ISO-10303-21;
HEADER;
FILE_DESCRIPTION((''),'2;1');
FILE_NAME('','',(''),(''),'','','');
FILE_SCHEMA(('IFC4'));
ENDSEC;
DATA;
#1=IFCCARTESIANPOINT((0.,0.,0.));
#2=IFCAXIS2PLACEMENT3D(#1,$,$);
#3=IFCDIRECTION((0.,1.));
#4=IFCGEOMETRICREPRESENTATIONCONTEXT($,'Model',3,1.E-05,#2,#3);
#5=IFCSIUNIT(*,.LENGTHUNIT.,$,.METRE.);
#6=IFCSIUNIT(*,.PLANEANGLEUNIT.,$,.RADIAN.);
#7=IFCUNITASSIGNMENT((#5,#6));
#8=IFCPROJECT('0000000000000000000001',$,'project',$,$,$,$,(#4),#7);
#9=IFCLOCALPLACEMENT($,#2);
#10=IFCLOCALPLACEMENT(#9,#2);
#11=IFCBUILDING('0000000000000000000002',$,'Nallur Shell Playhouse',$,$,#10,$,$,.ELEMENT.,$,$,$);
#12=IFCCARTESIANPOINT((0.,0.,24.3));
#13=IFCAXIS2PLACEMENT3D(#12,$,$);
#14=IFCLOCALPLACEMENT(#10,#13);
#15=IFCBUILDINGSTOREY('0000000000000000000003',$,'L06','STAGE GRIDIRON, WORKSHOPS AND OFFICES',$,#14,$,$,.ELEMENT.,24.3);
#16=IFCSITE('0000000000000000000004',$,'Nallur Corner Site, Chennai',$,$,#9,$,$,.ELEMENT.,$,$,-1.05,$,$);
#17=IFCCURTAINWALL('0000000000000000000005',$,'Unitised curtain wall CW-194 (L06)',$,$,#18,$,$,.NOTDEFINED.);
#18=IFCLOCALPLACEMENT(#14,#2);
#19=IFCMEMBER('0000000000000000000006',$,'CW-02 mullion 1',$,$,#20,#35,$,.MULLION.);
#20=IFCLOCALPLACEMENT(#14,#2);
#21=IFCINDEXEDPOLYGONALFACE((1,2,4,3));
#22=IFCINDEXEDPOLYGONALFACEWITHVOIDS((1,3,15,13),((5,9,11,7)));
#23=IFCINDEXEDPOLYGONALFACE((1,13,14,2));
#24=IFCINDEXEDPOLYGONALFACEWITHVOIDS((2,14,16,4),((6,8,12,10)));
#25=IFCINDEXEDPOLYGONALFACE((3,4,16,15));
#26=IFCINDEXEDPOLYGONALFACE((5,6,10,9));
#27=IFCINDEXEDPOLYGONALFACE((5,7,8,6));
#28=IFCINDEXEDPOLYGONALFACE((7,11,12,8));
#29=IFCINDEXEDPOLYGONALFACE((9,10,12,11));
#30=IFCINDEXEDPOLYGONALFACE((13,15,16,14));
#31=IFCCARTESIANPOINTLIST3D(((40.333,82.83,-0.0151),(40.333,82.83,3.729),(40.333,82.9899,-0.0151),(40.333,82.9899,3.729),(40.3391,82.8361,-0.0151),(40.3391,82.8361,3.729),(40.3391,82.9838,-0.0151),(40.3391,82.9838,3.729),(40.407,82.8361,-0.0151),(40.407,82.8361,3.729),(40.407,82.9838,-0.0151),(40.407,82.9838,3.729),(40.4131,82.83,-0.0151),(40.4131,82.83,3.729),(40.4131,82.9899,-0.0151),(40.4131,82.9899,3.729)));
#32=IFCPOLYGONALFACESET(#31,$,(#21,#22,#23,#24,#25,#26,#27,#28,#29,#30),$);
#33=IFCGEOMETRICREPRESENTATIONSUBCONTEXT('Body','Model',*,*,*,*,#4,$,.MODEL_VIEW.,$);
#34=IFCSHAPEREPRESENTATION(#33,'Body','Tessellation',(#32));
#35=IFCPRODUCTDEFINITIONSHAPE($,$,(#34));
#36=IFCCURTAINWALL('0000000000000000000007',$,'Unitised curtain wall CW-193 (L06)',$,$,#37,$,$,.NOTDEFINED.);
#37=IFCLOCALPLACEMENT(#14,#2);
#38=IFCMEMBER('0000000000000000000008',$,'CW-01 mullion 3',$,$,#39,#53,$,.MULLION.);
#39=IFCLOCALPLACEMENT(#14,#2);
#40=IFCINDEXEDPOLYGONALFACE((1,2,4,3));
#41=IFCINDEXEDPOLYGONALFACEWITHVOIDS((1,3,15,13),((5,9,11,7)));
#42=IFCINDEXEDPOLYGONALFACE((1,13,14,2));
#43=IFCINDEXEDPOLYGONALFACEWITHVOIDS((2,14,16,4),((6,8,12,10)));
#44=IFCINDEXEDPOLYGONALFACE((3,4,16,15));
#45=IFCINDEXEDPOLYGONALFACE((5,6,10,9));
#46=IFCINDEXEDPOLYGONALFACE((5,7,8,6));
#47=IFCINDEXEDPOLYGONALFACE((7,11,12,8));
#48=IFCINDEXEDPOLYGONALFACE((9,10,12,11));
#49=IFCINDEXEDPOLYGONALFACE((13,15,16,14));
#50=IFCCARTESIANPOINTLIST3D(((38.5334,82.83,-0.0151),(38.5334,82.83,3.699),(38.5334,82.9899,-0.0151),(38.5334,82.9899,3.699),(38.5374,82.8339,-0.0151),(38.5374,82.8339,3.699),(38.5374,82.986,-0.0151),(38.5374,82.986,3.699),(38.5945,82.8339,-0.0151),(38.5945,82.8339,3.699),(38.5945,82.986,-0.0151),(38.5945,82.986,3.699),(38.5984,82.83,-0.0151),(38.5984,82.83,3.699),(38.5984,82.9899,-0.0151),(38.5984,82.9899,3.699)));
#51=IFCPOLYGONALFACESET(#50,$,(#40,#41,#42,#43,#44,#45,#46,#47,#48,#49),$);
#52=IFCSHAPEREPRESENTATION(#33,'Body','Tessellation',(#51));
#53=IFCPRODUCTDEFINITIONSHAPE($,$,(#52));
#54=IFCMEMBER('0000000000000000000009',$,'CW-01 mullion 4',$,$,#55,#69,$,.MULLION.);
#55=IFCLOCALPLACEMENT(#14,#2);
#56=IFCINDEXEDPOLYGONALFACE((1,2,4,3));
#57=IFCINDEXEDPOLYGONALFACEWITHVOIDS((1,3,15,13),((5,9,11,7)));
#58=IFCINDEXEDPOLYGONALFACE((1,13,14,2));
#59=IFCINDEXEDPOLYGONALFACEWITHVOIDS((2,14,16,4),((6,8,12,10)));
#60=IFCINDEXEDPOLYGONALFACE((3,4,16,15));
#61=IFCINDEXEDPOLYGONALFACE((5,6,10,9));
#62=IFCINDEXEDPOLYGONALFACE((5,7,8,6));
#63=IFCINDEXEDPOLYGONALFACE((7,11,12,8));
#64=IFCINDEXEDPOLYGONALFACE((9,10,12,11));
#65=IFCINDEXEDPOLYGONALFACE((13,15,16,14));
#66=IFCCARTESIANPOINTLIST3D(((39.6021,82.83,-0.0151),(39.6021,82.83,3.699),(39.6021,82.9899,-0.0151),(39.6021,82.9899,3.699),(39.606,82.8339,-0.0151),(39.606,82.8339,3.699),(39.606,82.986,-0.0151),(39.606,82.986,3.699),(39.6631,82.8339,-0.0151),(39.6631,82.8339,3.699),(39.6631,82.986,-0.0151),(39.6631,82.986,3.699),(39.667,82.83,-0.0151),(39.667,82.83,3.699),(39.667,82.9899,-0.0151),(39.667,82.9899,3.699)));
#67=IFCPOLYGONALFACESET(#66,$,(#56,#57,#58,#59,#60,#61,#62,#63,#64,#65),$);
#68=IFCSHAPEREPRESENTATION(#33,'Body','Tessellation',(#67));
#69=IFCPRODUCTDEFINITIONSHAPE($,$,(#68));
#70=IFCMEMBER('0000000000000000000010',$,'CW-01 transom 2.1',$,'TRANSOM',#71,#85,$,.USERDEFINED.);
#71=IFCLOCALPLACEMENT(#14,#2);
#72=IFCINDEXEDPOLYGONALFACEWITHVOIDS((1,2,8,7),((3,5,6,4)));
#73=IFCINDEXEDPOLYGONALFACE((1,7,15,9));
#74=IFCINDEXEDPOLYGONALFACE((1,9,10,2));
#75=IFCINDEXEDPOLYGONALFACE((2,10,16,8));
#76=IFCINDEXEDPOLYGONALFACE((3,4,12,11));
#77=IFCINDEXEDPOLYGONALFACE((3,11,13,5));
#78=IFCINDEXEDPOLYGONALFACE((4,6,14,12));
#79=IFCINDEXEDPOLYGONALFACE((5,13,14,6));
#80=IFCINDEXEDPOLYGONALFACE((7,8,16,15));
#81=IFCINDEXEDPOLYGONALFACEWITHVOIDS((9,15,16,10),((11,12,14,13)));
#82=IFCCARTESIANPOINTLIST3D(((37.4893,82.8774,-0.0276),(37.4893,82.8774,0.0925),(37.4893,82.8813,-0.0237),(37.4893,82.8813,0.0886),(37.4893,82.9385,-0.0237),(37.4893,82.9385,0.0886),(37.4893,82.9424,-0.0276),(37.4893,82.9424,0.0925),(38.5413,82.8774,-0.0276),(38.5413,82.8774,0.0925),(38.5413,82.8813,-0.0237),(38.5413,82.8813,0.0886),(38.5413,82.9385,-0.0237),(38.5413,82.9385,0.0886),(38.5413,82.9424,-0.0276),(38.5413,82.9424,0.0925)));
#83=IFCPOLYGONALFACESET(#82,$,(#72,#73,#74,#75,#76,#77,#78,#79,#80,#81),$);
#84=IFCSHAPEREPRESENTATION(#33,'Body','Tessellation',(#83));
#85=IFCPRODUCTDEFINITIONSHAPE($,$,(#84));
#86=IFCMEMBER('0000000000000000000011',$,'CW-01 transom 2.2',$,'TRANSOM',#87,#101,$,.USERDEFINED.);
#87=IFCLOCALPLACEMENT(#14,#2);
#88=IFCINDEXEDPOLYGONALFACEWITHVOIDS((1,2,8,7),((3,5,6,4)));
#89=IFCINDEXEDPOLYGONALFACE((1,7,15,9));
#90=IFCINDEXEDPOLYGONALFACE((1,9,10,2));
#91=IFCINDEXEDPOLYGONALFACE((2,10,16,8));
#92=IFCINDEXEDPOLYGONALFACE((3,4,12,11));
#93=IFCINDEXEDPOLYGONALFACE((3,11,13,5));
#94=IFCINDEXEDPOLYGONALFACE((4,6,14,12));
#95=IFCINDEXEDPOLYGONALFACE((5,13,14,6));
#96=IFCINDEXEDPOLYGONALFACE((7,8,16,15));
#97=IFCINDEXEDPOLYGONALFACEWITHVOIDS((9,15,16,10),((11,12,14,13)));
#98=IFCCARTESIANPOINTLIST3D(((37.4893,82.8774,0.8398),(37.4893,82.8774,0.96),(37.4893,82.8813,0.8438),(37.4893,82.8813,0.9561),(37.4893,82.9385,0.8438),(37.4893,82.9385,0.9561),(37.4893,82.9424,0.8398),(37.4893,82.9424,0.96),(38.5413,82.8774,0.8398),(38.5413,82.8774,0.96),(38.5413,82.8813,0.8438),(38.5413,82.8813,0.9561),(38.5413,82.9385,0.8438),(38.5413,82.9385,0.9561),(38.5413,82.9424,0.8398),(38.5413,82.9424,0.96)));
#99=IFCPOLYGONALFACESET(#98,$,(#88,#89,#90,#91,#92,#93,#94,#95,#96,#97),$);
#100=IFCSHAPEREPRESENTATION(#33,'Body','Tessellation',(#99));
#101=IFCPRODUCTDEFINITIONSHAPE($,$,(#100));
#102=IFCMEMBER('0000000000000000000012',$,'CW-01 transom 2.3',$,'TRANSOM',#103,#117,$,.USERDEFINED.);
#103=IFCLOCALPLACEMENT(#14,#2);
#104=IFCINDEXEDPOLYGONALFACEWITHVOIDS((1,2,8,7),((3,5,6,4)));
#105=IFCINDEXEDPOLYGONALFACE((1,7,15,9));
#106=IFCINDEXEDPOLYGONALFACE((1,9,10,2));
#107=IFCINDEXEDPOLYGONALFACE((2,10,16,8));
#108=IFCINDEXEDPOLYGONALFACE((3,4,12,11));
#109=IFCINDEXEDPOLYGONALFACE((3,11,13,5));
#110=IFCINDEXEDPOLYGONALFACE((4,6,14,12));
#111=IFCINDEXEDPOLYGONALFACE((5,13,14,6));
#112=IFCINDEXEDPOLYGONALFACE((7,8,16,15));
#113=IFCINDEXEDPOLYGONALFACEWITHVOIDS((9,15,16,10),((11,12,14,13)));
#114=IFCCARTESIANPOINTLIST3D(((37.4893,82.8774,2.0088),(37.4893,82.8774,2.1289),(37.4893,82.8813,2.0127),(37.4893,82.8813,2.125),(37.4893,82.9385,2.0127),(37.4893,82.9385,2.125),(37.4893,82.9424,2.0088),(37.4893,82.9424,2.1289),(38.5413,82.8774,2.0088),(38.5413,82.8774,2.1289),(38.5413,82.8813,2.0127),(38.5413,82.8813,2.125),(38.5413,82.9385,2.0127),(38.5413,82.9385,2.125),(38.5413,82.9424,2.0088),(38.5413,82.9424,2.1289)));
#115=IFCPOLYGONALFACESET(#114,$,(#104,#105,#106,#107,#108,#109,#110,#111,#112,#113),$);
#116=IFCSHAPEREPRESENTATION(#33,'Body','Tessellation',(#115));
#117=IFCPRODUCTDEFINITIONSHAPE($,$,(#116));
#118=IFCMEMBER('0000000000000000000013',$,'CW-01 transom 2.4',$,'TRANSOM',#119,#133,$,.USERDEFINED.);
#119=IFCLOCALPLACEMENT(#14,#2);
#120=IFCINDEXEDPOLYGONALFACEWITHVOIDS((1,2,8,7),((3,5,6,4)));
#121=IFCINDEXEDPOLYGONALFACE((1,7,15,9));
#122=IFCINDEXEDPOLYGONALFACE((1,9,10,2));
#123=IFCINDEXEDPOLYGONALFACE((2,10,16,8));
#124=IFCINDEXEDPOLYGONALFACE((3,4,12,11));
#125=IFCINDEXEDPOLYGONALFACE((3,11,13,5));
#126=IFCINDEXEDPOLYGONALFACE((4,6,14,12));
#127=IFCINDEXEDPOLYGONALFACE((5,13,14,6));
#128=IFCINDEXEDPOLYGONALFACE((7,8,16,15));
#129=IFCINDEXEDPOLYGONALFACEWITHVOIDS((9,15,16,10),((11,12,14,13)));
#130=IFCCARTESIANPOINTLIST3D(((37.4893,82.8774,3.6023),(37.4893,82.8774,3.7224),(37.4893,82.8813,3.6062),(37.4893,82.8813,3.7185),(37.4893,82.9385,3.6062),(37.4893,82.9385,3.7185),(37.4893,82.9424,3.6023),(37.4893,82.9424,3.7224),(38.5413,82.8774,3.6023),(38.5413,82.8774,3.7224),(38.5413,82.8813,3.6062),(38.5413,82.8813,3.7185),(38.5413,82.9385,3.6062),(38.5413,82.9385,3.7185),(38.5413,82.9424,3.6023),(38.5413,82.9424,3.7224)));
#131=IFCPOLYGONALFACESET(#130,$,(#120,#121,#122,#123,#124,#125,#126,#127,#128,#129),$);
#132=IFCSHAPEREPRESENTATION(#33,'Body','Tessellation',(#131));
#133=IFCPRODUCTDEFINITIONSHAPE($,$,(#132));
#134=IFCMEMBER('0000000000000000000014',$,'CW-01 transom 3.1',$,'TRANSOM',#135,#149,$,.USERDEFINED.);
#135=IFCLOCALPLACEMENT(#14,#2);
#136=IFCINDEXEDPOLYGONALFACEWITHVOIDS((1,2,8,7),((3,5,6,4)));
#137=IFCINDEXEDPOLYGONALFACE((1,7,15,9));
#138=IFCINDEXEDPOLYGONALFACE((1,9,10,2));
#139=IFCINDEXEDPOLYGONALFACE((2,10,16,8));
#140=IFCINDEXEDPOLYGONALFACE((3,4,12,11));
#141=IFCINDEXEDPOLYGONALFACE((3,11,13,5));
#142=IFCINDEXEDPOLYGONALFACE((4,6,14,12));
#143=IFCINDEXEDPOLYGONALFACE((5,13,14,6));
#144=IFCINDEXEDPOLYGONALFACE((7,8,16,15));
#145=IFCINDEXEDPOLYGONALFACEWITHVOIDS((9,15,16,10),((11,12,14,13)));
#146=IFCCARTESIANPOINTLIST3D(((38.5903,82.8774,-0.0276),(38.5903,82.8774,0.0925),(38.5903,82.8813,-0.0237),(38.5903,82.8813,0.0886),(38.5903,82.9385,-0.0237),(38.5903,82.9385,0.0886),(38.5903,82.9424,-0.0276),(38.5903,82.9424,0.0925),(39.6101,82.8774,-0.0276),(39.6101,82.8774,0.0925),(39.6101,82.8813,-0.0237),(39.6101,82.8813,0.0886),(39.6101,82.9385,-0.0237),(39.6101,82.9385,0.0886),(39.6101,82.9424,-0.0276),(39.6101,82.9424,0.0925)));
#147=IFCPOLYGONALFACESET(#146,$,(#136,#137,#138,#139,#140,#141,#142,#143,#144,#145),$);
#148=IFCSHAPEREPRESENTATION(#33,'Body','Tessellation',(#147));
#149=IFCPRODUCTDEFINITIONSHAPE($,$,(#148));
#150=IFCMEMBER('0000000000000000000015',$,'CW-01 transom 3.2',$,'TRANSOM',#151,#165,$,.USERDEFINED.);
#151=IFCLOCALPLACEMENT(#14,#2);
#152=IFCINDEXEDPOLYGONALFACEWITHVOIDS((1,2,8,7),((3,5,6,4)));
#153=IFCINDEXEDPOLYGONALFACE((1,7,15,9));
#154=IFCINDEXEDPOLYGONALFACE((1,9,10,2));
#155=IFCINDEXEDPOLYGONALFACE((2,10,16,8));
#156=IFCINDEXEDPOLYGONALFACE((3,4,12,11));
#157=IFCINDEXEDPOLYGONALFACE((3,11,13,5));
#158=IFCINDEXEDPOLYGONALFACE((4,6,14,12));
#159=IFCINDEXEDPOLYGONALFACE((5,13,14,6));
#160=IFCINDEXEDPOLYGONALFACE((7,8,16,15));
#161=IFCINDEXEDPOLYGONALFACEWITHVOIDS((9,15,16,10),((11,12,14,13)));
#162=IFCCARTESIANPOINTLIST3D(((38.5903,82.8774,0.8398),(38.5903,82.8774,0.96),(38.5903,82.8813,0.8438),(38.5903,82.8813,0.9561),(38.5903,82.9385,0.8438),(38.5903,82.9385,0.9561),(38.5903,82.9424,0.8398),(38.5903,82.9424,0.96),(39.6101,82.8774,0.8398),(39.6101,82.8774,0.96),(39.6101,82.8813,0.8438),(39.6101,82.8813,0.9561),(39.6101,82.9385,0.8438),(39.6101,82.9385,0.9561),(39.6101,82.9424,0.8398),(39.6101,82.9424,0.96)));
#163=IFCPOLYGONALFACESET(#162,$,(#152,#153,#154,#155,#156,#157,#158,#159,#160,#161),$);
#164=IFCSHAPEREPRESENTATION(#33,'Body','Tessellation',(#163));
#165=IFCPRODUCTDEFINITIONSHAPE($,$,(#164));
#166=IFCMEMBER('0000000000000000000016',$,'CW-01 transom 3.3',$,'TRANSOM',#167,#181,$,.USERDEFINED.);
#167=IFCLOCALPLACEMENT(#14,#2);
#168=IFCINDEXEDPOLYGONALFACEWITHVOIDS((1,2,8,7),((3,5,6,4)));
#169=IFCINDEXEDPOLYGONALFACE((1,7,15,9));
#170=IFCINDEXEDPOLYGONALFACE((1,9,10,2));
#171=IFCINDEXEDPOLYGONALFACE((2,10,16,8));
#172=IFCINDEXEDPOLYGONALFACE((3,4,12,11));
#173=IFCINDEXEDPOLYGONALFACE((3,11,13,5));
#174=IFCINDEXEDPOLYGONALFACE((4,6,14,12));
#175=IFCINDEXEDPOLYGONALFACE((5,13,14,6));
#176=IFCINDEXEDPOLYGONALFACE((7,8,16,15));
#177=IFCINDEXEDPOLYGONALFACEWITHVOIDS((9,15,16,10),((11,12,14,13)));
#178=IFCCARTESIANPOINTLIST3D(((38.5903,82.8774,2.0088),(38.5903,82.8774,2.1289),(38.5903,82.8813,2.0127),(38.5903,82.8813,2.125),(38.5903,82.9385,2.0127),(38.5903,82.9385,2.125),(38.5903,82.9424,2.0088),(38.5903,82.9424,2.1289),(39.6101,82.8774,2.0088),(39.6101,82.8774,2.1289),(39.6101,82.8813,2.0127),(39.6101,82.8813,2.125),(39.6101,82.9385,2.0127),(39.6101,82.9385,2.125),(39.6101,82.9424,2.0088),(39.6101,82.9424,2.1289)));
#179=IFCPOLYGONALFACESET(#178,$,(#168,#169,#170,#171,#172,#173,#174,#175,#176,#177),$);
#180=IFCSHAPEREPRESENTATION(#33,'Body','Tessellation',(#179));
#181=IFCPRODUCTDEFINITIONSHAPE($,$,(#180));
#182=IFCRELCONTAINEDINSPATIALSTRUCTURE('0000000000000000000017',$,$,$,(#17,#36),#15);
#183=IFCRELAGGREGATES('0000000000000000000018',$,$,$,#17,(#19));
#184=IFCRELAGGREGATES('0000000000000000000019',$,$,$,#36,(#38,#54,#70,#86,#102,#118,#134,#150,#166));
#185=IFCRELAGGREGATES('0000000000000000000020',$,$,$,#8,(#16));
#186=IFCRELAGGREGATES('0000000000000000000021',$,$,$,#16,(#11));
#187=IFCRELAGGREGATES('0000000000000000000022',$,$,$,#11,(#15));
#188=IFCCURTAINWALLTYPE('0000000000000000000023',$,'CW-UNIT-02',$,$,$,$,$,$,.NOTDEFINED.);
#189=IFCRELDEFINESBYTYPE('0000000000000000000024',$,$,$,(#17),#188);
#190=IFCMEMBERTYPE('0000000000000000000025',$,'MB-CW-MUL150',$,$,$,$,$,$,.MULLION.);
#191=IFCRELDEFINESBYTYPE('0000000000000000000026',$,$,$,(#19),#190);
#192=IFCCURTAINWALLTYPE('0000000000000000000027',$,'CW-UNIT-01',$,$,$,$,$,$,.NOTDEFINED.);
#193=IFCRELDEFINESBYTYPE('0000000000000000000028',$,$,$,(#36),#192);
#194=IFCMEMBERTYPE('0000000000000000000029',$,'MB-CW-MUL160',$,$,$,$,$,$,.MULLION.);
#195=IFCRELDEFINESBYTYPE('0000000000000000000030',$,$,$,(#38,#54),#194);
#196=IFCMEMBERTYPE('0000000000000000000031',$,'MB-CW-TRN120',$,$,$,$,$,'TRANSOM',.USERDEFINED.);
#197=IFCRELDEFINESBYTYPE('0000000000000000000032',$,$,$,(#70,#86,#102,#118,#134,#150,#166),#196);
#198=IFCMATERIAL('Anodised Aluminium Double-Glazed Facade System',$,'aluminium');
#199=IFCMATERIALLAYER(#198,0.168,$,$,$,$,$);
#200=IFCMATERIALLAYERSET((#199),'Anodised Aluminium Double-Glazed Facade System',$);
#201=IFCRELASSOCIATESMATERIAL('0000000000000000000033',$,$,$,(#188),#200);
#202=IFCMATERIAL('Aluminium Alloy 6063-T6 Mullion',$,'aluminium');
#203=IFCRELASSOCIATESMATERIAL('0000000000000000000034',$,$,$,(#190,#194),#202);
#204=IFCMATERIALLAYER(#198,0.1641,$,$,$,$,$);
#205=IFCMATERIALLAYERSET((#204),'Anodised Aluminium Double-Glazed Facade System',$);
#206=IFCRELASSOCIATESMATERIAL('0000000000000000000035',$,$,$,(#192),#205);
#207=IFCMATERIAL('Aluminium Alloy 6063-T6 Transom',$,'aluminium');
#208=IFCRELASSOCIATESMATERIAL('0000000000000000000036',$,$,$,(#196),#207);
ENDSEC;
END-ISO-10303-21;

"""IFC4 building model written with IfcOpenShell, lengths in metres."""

from ifc_helpers import new_model, si_unit, direction, frame, origin, origin_2d, place, context, subcontext, project, spatial, hollow_rectangle, extrude, material, layer, layer_set, material_profile, profile_set, type_object, element, aggregate, save


model = new_model("IFC4")

# Units and contexts
model_context = context("Model", 3, precision=1e-05, world=origin(), true_north=direction((0.0, 1.0)))
body_context = subcontext(model_context, "Body", "Model", "MODEL_VIEW")
ifc_project = project(units=[si_unit("LENGTHUNIT", "METRE"), si_unit("PLANEANGLEUNIT", "RADIAN")], contexts=[model_context])

# Site, building, storey
site_placement = place(None, origin())
site = spatial("IfcSite", under=ifc_project, at=site_placement, Name="Nallur Corner Site, Chennai", CompositionType="ELEMENT", RefElevation=-1.05)
building_placement = place(site_placement, origin())
building = spatial("IfcBuilding", under=site, at=building_placement, Name="Nallur Shell Playhouse", CompositionType="ELEMENT")
storey_placement = place(building_placement, frame((0.0, 0.0, 24.3)))
storey = spatial("IfcBuildingStorey", under=building, at=storey_placement, Name="L06", Description="STAGE GRIDIRON, WORKSHOPS AND OFFICES", CompositionType="ELEMENT", Elevation=24.3)

# Curtain wall, member
ifc_material_1 = material(Name="Anodised Aluminium Double-Glazed Facade System", Category="aluminium")
ifc_layer_1 = layer(ifc_material_1, 0.168)
ifc_layer_set_1 = layer_set([ifc_layer_1], Name="Anodised Aluminium Double-Glazed Facade System")
curtain_wall_type_1 = type_object("IfcCurtainWallType", Name="CW-UNIT-02", PredefinedType="NOTDEFINED", material=ifc_layer_set_1)
curtain_wall_1_placement = place(storey_placement, origin())
curtain_wall_1 = element("IfcCurtainWall", 1, at=curtain_wall_1_placement, inside=storey, type_object=curtain_wall_type_1, Name="Unitised curtain wall CW-194 (L06)", PredefinedType="NOTDEFINED")
ifc_material_2 = material(Name="Aluminium Alloy 6063-T6 Mullion", Category="aluminium")
ifc_material_profile_1 = material_profile(ifc_material_2, hollow_rectangle(XDim=0.0801, YDim=0.1599, WallThickness=0.0061, at=origin_2d()), Name="RHS 160x80x6")
ifc_profile_set_1 = profile_set([ifc_material_profile_1], Name="Aluminium Alloy 6063-T6 Mullion")
member_type_1 = type_object("IfcMemberType", Name="MB-CW-MUL150", PredefinedType="MULLION", material=ifc_profile_set_1)
member_1_placement = place(storey_placement, frame((40.373, 82.9099, -0.0151), z_axis=(0.0, 0.0, 1.0), x_axis=(1.0, 0.0, 0.0)))
member_1 = element("IfcMember", 2, at=member_1_placement, type_object=member_type_1, Name="CW-02 mullion 1", PredefinedType="MULLION", context=body_context, shape_type="SweptSolid", body=[
    extrude(hollow_rectangle(XDim=0.0801, YDim=0.1599, WallThickness=0.0061, at=origin_2d()), origin(), (0.0, 0.0, 1.0), 3.7441),
])

# Curtain wall, members
ifc_layer_2 = layer(ifc_material_1, 0.1641)
ifc_layer_set_2 = layer_set([ifc_layer_2], Name="Anodised Aluminium Double-Glazed Facade System")
curtain_wall_type_2 = type_object("IfcCurtainWallType", Name="CW-UNIT-01", PredefinedType="NOTDEFINED", material=ifc_layer_set_2)
curtain_wall_2_placement = place(storey_placement, origin())
curtain_wall_2 = element("IfcCurtainWall", 3, at=curtain_wall_2_placement, inside=storey, type_object=curtain_wall_type_2, Name="Unitised curtain wall CW-193 (L06)", PredefinedType="NOTDEFINED")
ifc_material_profile_2 = material_profile(ifc_material_2, hollow_rectangle(XDim=0.0649, YDim=0.1599, WallThickness=0.0039, at=origin_2d()), Name="ALU 65x160x4")
ifc_profile_set_2 = profile_set([ifc_material_profile_2], Name="Aluminium Alloy 6063-T6 Mullion")
member_type_2 = type_object("IfcMemberType", Name="MB-CW-MUL160", PredefinedType="MULLION", material=ifc_profile_set_2)
member_2_placement = place(storey_placement, frame((38.5659, 82.9099, -0.0151), z_axis=(0.0, 0.0, 1.0), x_axis=(1.0, 0.0, 0.0)))
member_2 = element("IfcMember", 4, at=member_2_placement, type_object=member_type_2, Name="CW-01 mullion 3", PredefinedType="MULLION", context=body_context, shape_type="SweptSolid", body=[
    extrude(hollow_rectangle(XDim=0.0649, YDim=0.1599, WallThickness=0.0039, at=origin_2d()), origin(), (0.0, 0.0, 1.0), 3.7141),
])
member_3_placement = place(storey_placement, frame((39.6345, 82.9099, -0.0151), z_axis=(0.0, 0.0, 1.0), x_axis=(1.0, 0.0, 0.0)))
member_3 = element("IfcMember", 5, at=member_3_placement, type_object=member_type_2, Name="CW-01 mullion 4", PredefinedType="MULLION", context=body_context, shape_type="SweptSolid", body=[
    extrude(hollow_rectangle(XDim=0.0649, YDim=0.1599, WallThickness=0.0039, at=origin_2d()), origin(), (0.0, 0.0, 1.0), 3.7141),
])
ifc_material_3 = material(Name="Aluminium Alloy 6063-T6 Transom", Category="aluminium")
ifc_material_profile_3 = material_profile(ifc_material_3, hollow_rectangle(XDim=0.0649, YDim=0.1201, WallThickness=0.0039, at=origin_2d()), Name="ALU 65x120x4")
ifc_profile_set_3 = profile_set([ifc_material_profile_3], Name="Aluminium Alloy 6063-T6 Transom")
member_type_3 = type_object("IfcMemberType", Name="MB-CW-TRN120", ElementType="TRANSOM", PredefinedType="USERDEFINED", material=ifc_profile_set_3)
member_4_placement = place(storey_placement, frame((37.4893, 82.9099, 0.0325), z_axis=(1.0, 0.0, 0.0), x_axis=(0.0, 1.0, 0.0)))
member_4 = element("IfcMember", 6, at=member_4_placement, type_object=member_type_3, Name="CW-01 transom 2.1", ObjectType="TRANSOM", PredefinedType="USERDEFINED", context=body_context, shape_type="SweptSolid", body=[
    extrude(hollow_rectangle(XDim=0.0649, YDim=0.1201, WallThickness=0.0039, at=origin_2d()), origin(), (0.0, 0.0, 1.0), 1.052),
])
member_5_placement = place(storey_placement, frame((37.4893, 82.9099, 0.8999), z_axis=(1.0, 0.0, 0.0), x_axis=(0.0, 1.0, 0.0)))
member_5 = element("IfcMember", 7, at=member_5_placement, type_object=member_type_3, Name="CW-01 transom 2.2", ObjectType="TRANSOM", PredefinedType="USERDEFINED", context=body_context, shape_type="SweptSolid", body=[
    extrude(hollow_rectangle(XDim=0.0649, YDim=0.1201, WallThickness=0.0039, at=origin_2d()), origin(), (0.0, 0.0, 1.0), 1.052),
])
member_6_placement = place(storey_placement, frame((37.4893, 82.9099, 2.0688), z_axis=(1.0, 0.0, 0.0), x_axis=(0.0, 1.0, 0.0)))
member_6 = element("IfcMember", 8, at=member_6_placement, type_object=member_type_3, Name="CW-01 transom 2.3", ObjectType="TRANSOM", PredefinedType="USERDEFINED", context=body_context, shape_type="SweptSolid", body=[
    extrude(hollow_rectangle(XDim=0.0649, YDim=0.1201, WallThickness=0.0039, at=origin_2d()), origin(), (0.0, 0.0, 1.0), 1.052),
])
member_7_placement = place(storey_placement, frame((37.4893, 82.9099, 3.6624), z_axis=(1.0, 0.0, 0.0), x_axis=(0.0, 1.0, 0.0)))
member_7 = element("IfcMember", 9, at=member_7_placement, type_object=member_type_3, Name="CW-01 transom 2.4", ObjectType="TRANSOM", PredefinedType="USERDEFINED", context=body_context, shape_type="SweptSolid", body=[
    extrude(hollow_rectangle(XDim=0.0649, YDim=0.1201, WallThickness=0.0039, at=origin_2d()), origin(), (0.0, 0.0, 1.0), 1.052),
])
member_8_placement = place(storey_placement, frame((38.5903, 82.9099, 0.0325), z_axis=(1.0, 0.0, 0.0), x_axis=(0.0, 1.0, 0.0)))
member_8 = element("IfcMember", 10, at=member_8_placement, type_object=member_type_3, Name="CW-01 transom 3.1", ObjectType="TRANSOM", PredefinedType="USERDEFINED", context=body_context, shape_type="SweptSolid", body=[
    extrude(hollow_rectangle(XDim=0.0649, YDim=0.1201, WallThickness=0.0039, at=origin_2d()), origin(), (0.0, 0.0, 1.0), 1.0198),
])
member_9_placement = place(storey_placement, frame((38.5903, 82.9099, 0.8999), z_axis=(1.0, 0.0, 0.0), x_axis=(0.0, 1.0, 0.0)))
member_9 = element("IfcMember", 11, at=member_9_placement, type_object=member_type_3, Name="CW-01 transom 3.2", ObjectType="TRANSOM", PredefinedType="USERDEFINED", context=body_context, shape_type="SweptSolid", body=[
    extrude(hollow_rectangle(XDim=0.0649, YDim=0.1201, WallThickness=0.0039, at=origin_2d()), origin(), (0.0, 0.0, 1.0), 1.0198),
])
member_10_placement = place(storey_placement, frame((38.5903, 82.9099, 2.0688), z_axis=(1.0, 0.0, 0.0), x_axis=(0.0, 1.0, 0.0)))
member_10 = element("IfcMember", 12, at=member_10_placement, type_object=member_type_3, Name="CW-01 transom 3.3", ObjectType="TRANSOM", PredefinedType="USERDEFINED", context=body_context, shape_type="SweptSolid", body=[
    extrude(hollow_rectangle(XDim=0.0649, YDim=0.1201, WallThickness=0.0039, at=origin_2d()), origin(), (0.0, 0.0, 1.0), 1.0198),
])

aggregate(curtain_wall_1, [member_1])

aggregate(curtain_wall_2, [member_2, member_3, member_4, member_5, member_6, member_7, member_8, member_9, member_10])

save(model, "model.ifc")
